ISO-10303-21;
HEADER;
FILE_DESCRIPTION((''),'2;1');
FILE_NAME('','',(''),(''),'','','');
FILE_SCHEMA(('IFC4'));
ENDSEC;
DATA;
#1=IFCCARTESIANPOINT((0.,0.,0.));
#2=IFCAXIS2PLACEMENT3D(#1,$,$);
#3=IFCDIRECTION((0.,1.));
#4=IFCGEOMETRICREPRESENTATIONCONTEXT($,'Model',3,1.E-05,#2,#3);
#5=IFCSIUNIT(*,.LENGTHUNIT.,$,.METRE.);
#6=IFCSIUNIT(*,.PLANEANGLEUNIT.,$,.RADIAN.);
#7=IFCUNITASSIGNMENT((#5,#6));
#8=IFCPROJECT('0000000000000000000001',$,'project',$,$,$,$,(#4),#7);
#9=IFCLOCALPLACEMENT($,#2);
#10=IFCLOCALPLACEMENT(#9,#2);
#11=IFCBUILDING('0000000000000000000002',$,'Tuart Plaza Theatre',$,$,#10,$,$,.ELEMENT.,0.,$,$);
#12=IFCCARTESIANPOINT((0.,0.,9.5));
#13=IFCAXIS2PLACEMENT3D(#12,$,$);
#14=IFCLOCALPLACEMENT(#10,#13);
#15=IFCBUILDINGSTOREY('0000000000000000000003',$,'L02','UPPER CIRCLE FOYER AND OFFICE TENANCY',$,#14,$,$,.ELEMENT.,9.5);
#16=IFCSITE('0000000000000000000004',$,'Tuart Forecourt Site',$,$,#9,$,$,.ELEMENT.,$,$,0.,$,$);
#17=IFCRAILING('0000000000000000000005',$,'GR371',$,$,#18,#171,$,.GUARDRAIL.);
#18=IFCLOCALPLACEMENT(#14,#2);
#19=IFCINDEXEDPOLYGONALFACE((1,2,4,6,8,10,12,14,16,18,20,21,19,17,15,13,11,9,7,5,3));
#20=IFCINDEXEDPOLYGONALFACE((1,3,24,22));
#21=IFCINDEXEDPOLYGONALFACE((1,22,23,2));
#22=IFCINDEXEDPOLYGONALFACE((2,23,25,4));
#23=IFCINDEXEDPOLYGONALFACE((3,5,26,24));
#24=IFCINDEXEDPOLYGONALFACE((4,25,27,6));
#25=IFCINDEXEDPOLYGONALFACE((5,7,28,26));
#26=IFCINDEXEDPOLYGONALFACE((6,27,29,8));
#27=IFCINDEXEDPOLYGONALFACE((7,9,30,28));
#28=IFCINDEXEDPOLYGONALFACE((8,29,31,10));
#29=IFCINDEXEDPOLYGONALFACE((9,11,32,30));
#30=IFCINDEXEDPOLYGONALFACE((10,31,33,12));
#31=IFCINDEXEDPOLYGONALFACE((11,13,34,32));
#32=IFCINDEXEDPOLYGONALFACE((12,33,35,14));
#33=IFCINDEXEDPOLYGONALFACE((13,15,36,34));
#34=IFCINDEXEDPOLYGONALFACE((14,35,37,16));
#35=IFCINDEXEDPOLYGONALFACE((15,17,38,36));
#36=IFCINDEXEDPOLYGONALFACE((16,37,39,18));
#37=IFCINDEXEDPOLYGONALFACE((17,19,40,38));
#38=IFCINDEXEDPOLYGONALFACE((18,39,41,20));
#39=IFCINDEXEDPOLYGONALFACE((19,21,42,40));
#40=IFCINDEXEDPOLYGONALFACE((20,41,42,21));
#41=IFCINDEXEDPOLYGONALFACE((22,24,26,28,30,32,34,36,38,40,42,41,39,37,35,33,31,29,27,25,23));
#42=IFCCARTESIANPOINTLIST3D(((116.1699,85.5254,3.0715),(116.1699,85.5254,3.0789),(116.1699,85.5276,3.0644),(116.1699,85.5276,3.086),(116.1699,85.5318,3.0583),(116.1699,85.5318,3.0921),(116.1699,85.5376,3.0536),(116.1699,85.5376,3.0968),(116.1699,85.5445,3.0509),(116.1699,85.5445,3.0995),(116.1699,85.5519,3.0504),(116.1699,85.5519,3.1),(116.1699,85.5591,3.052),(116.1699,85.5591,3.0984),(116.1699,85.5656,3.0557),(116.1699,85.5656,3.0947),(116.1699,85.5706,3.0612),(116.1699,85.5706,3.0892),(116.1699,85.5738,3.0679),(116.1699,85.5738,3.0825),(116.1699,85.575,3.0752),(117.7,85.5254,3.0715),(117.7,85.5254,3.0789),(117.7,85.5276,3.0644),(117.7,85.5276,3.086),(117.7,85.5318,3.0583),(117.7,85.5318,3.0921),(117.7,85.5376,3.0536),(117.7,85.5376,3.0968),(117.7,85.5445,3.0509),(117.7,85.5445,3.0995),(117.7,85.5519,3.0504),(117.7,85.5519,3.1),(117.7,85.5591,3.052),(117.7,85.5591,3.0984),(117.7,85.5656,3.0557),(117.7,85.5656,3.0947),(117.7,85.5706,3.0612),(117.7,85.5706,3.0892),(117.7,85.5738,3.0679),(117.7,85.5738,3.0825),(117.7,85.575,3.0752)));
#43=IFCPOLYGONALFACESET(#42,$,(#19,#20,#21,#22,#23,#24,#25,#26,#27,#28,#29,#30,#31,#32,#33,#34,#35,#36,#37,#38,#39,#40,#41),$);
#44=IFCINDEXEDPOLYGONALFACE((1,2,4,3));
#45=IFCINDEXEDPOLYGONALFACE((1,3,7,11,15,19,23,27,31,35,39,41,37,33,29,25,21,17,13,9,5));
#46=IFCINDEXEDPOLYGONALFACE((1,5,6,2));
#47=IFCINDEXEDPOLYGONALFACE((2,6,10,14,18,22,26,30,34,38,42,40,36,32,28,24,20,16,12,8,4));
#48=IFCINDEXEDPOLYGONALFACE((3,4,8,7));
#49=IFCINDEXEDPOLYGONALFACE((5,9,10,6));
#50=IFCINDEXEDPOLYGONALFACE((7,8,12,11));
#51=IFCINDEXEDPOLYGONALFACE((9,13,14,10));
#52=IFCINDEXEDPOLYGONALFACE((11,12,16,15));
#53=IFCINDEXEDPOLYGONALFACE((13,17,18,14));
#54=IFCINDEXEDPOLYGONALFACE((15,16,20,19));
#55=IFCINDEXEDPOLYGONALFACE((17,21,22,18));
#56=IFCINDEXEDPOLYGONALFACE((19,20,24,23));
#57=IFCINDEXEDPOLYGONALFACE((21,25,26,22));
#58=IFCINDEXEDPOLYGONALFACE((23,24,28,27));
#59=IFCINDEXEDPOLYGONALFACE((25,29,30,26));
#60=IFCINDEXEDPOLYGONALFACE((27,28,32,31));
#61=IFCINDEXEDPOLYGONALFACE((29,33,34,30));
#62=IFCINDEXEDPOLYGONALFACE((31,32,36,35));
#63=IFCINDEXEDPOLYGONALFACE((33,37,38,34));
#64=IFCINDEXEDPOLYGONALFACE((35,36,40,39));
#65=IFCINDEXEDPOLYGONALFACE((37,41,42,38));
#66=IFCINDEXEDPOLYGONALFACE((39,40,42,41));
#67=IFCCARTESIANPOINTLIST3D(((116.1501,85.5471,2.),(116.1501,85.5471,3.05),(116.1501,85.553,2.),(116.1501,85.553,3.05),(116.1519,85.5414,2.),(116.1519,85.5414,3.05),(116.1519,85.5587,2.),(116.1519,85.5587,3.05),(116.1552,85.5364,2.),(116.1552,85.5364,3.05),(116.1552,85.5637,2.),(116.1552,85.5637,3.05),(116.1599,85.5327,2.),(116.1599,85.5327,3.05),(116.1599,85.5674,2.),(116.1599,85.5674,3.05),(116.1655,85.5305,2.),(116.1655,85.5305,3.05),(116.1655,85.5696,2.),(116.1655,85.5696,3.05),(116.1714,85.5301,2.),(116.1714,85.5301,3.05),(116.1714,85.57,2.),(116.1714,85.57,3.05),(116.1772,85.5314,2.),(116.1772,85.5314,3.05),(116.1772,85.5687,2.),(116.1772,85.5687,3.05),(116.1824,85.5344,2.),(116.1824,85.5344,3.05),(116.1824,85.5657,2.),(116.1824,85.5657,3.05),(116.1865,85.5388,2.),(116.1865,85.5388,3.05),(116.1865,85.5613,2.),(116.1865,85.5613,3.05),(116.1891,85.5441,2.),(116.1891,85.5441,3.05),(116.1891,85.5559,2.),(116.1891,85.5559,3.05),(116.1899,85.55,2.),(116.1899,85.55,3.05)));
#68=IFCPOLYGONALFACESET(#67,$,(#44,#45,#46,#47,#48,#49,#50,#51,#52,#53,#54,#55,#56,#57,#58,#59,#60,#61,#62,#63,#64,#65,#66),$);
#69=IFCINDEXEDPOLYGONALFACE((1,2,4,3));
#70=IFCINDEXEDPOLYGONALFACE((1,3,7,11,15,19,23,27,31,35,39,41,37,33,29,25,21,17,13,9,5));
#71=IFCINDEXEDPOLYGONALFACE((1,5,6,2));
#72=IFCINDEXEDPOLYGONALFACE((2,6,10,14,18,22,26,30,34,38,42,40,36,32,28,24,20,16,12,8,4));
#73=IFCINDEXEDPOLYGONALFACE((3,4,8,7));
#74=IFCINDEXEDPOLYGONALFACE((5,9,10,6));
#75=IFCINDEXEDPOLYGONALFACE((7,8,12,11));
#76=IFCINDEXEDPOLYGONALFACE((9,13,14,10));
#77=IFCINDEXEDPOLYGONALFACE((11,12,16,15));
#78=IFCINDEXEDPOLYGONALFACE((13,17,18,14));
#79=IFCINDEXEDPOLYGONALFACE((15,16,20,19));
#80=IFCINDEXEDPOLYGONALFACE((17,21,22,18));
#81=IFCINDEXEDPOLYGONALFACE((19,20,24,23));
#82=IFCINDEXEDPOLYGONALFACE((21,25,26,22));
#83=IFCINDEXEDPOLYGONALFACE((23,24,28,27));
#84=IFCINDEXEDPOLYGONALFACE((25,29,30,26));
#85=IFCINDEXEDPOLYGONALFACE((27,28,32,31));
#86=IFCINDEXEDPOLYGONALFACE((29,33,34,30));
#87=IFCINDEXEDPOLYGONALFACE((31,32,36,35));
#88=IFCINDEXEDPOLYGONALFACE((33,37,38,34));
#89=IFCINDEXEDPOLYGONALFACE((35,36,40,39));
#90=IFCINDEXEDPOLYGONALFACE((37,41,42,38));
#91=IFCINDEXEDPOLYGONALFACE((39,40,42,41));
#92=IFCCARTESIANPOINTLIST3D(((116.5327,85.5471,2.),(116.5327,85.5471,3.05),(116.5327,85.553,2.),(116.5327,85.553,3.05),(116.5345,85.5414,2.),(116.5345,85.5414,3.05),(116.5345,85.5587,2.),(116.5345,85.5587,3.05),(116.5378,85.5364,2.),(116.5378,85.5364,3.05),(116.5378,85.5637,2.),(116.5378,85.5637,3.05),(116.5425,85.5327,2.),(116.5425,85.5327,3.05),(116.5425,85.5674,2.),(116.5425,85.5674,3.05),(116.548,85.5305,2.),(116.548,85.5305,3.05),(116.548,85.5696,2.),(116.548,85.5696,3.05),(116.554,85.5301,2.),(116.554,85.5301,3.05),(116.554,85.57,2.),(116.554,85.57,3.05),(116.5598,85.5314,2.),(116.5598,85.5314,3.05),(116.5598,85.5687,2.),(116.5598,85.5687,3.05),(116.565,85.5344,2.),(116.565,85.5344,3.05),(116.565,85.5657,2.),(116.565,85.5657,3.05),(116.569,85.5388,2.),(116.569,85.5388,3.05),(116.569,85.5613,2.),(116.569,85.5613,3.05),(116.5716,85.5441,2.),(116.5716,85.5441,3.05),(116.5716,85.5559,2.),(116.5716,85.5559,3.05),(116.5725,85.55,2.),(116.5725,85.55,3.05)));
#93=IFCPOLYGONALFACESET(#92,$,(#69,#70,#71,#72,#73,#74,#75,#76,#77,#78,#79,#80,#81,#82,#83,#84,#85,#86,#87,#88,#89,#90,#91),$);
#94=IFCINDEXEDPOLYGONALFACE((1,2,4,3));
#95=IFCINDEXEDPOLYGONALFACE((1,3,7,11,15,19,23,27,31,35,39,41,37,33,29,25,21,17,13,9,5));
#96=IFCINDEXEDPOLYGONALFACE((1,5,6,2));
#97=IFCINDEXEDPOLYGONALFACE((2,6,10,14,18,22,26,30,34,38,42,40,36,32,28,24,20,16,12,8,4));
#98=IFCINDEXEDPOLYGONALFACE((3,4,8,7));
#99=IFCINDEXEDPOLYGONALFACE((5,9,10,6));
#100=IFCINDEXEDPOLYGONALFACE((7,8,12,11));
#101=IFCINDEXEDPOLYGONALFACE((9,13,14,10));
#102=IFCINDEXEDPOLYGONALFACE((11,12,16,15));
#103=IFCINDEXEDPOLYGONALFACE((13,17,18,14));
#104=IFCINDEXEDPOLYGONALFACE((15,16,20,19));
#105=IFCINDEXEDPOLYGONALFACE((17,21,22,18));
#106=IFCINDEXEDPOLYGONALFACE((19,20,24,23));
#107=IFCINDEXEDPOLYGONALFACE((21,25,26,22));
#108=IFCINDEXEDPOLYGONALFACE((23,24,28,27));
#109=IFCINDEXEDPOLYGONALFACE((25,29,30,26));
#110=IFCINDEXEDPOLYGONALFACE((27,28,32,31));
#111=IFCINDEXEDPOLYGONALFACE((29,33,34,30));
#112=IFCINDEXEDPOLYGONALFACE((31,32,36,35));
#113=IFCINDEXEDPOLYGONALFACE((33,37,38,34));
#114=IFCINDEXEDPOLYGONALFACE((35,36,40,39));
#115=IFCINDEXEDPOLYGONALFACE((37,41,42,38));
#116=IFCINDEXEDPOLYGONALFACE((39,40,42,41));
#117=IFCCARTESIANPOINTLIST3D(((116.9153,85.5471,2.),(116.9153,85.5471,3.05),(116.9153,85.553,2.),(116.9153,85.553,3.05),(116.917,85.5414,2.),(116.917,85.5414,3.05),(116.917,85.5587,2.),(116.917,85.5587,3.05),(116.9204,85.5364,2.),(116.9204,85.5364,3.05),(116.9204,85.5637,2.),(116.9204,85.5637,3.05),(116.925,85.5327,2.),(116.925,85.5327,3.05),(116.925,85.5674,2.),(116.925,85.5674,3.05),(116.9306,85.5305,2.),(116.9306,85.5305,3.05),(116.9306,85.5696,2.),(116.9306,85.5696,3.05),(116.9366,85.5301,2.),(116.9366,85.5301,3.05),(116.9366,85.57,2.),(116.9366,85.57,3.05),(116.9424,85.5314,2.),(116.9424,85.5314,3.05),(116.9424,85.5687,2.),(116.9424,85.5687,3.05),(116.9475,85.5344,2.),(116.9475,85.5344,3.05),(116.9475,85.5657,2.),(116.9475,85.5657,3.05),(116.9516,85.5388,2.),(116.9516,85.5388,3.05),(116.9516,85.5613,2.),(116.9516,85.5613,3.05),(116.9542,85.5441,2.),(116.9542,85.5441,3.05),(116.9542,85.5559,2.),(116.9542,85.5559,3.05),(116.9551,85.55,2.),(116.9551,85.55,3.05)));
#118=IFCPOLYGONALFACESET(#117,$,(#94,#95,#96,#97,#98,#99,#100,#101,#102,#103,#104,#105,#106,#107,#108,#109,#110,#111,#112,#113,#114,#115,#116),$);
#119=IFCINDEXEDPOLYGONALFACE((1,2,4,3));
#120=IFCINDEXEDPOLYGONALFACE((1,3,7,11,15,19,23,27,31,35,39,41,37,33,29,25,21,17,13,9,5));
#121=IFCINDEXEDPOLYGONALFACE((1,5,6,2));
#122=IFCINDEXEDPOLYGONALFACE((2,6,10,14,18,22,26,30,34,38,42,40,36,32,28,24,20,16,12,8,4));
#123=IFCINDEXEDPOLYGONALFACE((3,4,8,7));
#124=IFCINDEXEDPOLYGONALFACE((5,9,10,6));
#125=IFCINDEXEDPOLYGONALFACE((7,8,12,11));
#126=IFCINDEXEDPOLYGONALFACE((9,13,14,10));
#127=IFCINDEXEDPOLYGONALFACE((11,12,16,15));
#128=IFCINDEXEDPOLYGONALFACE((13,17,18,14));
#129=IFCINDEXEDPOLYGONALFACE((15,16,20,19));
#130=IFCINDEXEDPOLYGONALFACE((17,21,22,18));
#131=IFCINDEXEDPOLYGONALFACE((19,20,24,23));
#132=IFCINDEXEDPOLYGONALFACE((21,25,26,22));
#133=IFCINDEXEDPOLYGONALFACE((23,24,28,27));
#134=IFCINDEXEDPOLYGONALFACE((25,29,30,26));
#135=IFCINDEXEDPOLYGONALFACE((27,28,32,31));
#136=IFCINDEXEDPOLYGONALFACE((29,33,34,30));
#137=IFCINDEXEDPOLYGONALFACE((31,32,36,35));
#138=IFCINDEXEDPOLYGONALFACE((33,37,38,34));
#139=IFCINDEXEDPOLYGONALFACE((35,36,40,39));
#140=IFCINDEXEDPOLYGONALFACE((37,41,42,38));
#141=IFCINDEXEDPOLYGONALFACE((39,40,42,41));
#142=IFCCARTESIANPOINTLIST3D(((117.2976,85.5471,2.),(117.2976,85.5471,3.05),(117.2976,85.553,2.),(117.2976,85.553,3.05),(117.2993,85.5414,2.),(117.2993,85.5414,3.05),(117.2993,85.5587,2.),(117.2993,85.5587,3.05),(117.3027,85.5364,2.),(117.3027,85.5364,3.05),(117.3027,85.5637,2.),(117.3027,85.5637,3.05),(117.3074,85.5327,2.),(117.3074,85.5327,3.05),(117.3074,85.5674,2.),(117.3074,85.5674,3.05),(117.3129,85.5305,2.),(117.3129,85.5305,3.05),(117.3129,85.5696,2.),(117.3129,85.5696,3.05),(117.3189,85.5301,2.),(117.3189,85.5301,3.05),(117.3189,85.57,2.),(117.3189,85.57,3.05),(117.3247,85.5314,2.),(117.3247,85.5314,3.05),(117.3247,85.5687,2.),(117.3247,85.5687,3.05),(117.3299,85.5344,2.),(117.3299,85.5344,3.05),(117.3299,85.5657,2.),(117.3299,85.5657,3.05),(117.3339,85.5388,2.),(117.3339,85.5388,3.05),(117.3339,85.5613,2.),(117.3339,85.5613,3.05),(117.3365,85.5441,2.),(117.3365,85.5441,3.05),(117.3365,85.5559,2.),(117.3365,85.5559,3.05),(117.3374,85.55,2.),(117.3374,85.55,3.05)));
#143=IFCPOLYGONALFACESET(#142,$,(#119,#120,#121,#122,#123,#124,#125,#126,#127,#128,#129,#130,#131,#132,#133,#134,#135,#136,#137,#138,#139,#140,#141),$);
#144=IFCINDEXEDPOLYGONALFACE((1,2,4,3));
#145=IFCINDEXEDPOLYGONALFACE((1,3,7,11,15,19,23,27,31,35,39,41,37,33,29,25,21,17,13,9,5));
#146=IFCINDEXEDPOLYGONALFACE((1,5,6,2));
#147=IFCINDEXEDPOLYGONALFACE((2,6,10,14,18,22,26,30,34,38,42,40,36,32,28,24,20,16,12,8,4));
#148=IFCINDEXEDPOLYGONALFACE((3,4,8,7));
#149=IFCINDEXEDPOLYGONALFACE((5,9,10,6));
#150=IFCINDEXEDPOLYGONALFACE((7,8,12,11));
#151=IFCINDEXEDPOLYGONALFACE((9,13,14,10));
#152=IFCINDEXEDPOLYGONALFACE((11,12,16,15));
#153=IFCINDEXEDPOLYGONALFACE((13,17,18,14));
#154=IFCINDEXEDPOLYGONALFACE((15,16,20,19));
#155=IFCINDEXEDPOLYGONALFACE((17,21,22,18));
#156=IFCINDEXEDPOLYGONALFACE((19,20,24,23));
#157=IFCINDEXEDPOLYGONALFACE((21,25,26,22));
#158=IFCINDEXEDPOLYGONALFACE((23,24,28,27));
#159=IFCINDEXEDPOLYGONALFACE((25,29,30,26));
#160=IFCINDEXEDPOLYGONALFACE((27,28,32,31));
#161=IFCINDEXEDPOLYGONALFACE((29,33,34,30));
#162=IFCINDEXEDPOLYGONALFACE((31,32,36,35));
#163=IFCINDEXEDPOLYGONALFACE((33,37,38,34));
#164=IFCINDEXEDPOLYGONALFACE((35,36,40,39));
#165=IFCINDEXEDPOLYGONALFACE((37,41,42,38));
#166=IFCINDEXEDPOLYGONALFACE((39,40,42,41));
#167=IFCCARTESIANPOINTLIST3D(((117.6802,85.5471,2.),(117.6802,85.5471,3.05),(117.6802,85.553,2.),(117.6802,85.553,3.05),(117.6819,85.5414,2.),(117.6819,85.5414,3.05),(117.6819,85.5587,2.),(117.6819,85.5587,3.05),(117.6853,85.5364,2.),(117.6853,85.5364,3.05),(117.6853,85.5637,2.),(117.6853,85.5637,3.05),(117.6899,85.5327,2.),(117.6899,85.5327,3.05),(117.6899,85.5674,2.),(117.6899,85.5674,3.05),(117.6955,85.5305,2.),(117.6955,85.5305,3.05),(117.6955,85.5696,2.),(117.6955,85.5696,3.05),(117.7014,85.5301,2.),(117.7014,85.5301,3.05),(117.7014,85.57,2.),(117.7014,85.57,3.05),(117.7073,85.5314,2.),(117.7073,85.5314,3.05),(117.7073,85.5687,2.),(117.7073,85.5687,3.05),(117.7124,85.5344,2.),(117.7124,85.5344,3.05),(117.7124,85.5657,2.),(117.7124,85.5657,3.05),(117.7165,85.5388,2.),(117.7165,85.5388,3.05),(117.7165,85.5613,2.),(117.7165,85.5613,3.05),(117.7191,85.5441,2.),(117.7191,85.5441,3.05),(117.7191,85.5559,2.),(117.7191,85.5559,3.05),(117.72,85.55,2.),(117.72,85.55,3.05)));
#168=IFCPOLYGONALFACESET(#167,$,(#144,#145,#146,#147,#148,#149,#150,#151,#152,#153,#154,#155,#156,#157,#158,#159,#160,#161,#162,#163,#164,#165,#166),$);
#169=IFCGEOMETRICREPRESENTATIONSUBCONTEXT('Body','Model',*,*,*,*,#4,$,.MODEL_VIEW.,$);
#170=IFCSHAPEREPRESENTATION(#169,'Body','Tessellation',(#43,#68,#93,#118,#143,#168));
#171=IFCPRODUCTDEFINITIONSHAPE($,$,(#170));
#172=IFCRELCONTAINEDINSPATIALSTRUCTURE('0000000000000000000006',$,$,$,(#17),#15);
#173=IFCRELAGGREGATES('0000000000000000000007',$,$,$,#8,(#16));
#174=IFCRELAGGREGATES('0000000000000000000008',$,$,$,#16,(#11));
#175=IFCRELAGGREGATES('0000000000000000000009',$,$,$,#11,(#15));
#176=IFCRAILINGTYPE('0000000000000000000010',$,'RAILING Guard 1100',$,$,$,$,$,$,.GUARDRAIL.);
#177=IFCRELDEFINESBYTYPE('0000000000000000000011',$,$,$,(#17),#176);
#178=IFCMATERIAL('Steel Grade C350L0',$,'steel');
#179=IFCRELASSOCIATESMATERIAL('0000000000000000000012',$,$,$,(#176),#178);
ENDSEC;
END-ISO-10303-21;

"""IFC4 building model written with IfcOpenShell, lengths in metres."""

from ifc_helpers import new_model, si_unit, direction, frame, origin, origin_2d, place, context, subcontext, project, spatial, circle, extrude, material, type_object, element, save


model = new_model("IFC4")

# Units and contexts
model_context = context("Model", 3, precision=1e-05, world=origin(), true_north=direction((0.0, 1.0)))
body_context = subcontext(model_context, "Body", "Model", "MODEL_VIEW")
ifc_project = project(units=[si_unit("LENGTHUNIT", "METRE"), si_unit("PLANEANGLEUNIT", "RADIAN")], contexts=[model_context])

# Site, building, storey
site_placement = place(None, origin())
site = spatial("IfcSite", under=ifc_project, at=site_placement, Name="Tuart Forecourt Site", CompositionType="ELEMENT", RefElevation=0.0)
building_placement = place(site_placement, origin())
building = spatial("IfcBuilding", under=site, at=building_placement, Name="Tuart Plaza Theatre", CompositionType="ELEMENT", ElevationOfRefHeight=0.0)
storey_placement = place(building_placement, frame((0.0, 0.0, 9.5)))
storey = spatial("IfcBuildingStorey", under=building, at=storey_placement, Name="L02", Description="UPPER CIRCLE FOYER AND OFFICE TENANCY", CompositionType="ELEMENT", Elevation=9.5)

# Railing
ifc_material_1 = material(Name="Steel Grade C350L0", Category="steel")
railing_type_1 = type_object("IfcRailingType", Name="RAILING Guard 1100", PredefinedType="GUARDRAIL", material=ifc_material_1)
railing_1_placement = place(storey_placement, frame((116.1699, 85.55, 2.0)))
element("IfcRailing", 1, at=railing_1_placement, inside=storey, type_object=railing_type_1, Name="GR371", PredefinedType="GUARDRAIL", context=body_context, shape_type="SweptSolid", body=[
    extrude(circle(Radius=0.0249, at=origin_2d()), frame((0.0, 0.0, 1.0752), z_axis=(1.0, 0.0, 0.0), x_axis=(0.0, 1.0, 0.0)), (0.0, 0.0, 1.0), 1.53),
    extrude(circle(Radius=0.02, at=origin_2d()), origin(), (0.0, 0.0, 1.0), 1.05),
    extrude(circle(Radius=0.02, at=origin_2d()), frame((0.3826, 0.0, 0.0)), (0.0, 0.0, 1.0), 1.05),
    extrude(circle(Radius=0.02, at=origin_2d()), frame((0.7651, 0.0, 0.0)), (0.0, 0.0, 1.0), 1.05),
    extrude(circle(Radius=0.02, at=origin_2d()), frame((1.1475, 0.0, 0.0)), (0.0, 0.0, 1.0), 1.05),
    extrude(circle(Radius=0.02, at=origin_2d()), frame((1.53, 0.0, 0.0)), (0.0, 0.0, 1.0), 1.05),
])

save(model, "model.ifc")
